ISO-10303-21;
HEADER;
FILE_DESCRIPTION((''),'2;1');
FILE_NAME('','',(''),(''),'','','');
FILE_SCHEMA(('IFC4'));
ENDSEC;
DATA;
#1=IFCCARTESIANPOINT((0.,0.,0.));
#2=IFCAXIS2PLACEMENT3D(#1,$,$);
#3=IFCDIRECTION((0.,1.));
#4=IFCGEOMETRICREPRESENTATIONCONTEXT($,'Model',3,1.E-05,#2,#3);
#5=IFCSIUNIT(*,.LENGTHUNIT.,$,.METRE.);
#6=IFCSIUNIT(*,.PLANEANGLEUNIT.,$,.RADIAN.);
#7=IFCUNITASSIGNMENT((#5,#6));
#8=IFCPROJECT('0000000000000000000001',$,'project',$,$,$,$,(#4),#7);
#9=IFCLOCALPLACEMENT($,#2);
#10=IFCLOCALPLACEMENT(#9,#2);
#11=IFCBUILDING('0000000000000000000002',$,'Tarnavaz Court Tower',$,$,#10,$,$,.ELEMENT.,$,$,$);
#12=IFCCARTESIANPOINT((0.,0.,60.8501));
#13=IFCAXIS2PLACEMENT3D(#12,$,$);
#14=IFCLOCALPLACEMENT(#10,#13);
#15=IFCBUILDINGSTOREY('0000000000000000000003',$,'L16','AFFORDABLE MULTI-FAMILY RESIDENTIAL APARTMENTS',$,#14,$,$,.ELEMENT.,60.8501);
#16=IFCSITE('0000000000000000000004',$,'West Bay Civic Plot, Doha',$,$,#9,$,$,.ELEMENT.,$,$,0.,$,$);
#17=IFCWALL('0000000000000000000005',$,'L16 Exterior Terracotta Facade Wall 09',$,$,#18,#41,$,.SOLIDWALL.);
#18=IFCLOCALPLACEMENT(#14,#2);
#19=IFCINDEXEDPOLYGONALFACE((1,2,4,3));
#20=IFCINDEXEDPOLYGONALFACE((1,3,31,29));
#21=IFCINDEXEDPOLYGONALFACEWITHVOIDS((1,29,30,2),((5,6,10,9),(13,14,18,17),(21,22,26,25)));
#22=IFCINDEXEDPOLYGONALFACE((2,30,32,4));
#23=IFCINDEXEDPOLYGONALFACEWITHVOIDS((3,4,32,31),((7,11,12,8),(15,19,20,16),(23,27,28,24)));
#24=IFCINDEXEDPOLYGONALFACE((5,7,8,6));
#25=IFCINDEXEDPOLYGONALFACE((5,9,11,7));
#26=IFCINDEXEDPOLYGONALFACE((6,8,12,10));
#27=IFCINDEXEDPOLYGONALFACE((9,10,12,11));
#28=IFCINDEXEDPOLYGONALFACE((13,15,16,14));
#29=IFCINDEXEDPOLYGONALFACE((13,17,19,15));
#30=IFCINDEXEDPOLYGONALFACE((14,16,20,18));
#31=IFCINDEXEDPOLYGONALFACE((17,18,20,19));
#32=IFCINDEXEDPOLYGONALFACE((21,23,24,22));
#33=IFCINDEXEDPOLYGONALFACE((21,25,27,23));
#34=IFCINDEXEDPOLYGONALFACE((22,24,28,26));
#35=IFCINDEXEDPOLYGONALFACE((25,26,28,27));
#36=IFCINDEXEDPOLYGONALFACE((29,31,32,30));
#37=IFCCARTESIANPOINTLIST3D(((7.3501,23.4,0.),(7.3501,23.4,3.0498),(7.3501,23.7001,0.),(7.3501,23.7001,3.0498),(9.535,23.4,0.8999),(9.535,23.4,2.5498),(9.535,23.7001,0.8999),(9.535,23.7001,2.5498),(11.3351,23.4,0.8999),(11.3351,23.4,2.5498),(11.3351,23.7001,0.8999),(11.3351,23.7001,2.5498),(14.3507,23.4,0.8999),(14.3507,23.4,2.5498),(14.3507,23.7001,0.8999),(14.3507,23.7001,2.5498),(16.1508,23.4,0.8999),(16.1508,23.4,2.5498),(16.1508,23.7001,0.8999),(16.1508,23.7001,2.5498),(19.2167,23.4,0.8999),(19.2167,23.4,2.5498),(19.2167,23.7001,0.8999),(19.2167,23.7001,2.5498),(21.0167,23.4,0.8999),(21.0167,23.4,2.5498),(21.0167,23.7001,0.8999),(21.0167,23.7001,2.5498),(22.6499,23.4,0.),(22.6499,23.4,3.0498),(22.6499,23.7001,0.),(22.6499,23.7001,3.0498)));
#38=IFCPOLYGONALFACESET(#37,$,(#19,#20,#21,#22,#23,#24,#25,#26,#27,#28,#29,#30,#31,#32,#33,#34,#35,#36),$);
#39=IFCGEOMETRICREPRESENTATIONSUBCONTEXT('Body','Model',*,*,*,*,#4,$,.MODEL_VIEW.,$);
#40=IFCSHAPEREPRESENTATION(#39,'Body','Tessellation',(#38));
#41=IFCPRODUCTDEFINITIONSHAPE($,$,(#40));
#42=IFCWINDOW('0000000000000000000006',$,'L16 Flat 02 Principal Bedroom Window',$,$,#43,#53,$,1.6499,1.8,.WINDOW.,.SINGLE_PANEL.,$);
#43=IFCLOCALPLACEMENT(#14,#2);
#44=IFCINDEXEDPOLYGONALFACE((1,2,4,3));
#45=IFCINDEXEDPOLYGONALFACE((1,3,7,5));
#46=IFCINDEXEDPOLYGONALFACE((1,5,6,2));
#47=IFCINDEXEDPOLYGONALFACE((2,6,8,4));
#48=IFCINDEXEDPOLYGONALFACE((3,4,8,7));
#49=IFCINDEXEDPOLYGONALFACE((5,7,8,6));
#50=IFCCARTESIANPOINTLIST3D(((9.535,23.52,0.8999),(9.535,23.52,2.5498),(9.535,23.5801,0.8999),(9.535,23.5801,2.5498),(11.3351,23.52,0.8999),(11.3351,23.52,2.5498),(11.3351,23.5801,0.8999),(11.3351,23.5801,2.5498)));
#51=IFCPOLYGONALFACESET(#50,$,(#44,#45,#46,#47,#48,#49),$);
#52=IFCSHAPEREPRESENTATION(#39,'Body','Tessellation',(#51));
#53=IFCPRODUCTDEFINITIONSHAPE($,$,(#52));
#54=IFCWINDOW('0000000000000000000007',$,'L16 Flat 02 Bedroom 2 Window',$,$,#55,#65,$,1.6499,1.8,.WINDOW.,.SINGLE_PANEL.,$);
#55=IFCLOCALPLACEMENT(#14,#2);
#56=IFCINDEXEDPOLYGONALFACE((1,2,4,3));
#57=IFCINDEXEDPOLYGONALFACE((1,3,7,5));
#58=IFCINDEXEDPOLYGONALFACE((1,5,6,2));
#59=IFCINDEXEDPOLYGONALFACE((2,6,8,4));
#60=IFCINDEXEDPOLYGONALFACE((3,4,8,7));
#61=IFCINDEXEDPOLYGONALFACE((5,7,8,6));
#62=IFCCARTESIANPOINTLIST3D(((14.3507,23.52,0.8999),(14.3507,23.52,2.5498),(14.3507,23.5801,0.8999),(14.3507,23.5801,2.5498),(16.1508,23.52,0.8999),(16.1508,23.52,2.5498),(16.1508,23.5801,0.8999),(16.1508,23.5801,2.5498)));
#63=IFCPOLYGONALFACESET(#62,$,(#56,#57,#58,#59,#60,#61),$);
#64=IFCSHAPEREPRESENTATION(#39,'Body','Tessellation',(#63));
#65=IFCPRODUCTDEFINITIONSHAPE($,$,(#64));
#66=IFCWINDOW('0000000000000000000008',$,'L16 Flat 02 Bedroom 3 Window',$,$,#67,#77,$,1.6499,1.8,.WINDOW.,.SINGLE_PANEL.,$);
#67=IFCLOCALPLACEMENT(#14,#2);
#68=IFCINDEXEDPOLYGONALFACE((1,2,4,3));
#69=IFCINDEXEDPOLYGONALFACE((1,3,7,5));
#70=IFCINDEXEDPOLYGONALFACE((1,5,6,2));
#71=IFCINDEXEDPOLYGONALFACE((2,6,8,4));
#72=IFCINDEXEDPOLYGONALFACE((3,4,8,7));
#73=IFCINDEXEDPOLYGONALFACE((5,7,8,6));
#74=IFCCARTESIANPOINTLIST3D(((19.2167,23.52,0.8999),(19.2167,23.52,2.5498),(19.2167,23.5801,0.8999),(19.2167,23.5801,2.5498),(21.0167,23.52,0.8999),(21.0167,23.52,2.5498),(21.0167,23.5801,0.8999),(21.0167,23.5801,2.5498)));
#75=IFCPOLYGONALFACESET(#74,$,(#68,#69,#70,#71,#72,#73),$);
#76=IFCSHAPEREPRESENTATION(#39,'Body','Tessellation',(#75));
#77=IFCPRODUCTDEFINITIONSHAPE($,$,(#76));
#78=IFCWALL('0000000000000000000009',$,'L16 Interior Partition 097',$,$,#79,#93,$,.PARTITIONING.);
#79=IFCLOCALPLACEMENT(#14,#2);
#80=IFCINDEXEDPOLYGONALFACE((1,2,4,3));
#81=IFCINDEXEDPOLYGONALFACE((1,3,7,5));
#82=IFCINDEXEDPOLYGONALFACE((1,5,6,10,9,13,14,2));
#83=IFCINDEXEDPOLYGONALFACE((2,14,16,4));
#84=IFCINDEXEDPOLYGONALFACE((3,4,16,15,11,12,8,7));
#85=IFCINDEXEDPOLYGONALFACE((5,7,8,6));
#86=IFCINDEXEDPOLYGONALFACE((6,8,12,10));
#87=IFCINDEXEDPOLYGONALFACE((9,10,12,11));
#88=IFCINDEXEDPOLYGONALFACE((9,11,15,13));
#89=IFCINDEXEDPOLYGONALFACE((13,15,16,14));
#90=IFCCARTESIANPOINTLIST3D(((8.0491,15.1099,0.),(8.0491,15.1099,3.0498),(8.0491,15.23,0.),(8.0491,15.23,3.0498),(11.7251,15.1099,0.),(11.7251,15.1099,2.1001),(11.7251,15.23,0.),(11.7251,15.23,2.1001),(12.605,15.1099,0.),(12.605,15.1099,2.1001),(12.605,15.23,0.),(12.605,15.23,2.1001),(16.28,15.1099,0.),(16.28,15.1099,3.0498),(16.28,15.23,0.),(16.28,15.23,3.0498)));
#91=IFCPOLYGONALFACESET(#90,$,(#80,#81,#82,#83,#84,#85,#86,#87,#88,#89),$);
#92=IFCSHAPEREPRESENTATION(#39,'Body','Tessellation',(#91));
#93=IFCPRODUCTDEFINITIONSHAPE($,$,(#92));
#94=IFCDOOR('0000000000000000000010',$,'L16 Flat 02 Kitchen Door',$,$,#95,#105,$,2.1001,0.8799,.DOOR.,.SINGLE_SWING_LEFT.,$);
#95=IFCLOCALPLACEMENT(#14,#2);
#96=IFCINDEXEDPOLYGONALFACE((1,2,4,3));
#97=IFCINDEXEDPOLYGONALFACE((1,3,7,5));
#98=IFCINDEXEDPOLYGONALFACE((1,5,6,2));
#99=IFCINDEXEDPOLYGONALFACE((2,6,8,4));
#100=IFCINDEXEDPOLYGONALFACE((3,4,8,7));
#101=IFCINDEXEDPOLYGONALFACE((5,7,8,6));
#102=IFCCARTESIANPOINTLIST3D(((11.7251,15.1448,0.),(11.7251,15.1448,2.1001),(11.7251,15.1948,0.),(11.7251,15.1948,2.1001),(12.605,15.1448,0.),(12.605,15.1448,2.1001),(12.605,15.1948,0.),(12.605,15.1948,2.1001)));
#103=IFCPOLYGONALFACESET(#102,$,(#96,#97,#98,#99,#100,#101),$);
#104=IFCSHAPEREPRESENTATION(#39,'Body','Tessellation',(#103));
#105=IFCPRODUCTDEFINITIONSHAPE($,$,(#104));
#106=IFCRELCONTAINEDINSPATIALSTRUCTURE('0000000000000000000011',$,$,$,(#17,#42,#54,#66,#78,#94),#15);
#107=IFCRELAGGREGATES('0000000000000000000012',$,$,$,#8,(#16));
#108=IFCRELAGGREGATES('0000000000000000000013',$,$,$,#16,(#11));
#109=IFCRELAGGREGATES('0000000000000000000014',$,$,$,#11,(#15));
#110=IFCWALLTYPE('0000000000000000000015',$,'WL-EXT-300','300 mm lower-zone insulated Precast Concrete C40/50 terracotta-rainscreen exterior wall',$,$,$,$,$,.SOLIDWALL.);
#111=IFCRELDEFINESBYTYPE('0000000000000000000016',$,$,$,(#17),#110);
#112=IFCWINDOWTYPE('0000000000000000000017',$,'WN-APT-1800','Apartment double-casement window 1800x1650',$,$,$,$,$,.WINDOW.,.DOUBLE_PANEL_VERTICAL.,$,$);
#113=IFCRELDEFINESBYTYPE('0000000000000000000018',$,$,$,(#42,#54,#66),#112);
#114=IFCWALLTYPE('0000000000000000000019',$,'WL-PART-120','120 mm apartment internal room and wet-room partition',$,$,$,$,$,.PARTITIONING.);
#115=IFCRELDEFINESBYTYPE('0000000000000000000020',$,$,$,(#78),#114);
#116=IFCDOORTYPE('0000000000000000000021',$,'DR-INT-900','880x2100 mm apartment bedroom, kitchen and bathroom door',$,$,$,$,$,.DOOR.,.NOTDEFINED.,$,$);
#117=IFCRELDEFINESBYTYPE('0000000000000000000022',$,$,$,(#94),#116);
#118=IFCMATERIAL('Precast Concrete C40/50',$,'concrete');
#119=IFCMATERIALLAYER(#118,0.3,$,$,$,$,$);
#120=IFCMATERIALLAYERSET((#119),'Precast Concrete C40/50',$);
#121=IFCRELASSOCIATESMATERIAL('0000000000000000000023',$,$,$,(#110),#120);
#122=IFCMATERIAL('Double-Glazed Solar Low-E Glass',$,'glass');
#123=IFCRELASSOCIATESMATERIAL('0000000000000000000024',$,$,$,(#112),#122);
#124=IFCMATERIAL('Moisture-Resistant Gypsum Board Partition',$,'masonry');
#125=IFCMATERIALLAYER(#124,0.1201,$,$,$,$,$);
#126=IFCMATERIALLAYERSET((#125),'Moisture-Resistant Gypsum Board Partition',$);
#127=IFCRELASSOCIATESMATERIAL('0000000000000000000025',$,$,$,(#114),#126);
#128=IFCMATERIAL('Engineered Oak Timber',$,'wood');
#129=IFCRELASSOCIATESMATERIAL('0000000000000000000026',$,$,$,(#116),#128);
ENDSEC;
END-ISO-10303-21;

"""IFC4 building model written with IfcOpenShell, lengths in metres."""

from ifc_helpers import new_model, si_unit, direction, frame, frame_2d, origin, place, context, subcontext, project, spatial, rectangle, extrude, material, layer, layer_set, type_object, element, fill, save


model = new_model("IFC4")

# Units and contexts
model_context = context("Model", 3, precision=1e-05, world=origin(), true_north=direction((0.0, 1.0)))
body_context = subcontext(model_context, "Body", "Model", "MODEL_VIEW")
ifc_project = project(units=[si_unit("LENGTHUNIT", "METRE"), si_unit("PLANEANGLEUNIT", "RADIAN")], contexts=[model_context])

# Site, building, storey
site_placement = place(None, origin())
site = spatial("IfcSite", under=ifc_project, at=site_placement, Name="West Bay Civic Plot, Doha", CompositionType="ELEMENT", RefElevation=0.0)
building_placement = place(site_placement, origin())
building = spatial("IfcBuilding", under=site, at=building_placement, Name="Tarnavaz Court Tower", CompositionType="ELEMENT")
storey_placement = place(building_placement, frame((0.0, 0.0, 60.8501)))
storey = spatial("IfcBuildingStorey", under=building, at=storey_placement, Name="L16", Description="AFFORDABLE MULTI-FAMILY RESIDENTIAL APARTMENTS", CompositionType="ELEMENT", Elevation=60.8501)

# Shared definitions
ifc_material_1 = material(Name="Double-Glazed Solar Low-E Glass", Category="glass")

# Shared definitions
ifc_material_2 = material(Name="Precast Concrete C40/50", Category="concrete")
ifc_layer_1 = layer(ifc_material_2, 0.3)
ifc_layer_set_1 = layer_set([ifc_layer_1], Name="Precast Concrete C40/50")
wall_type_1 = type_object("IfcWallType", Name="WL-EXT-300", Description="300 mm lower-zone insulated Precast Concrete C40/50 terracotta-rainscreen exterior wall", PredefinedType="SOLIDWALL", material=ifc_layer_set_1)

# Wall, openings, windows
wall_1_placement = place(storey_placement, frame((7.3501, 23.55, 0.0), z_axis=(0.0, 0.0, 1.0), x_axis=(1.0, 0.0, 0.0)))
wall_1 = element("IfcWall", 1, at=wall_1_placement, inside=storey, type_object=wall_type_1, Name="L16 Exterior Terracotta Facade Wall 09", PredefinedType="SOLIDWALL", context=body_context, shape_type="SweptSolid", body=[
    extrude(rectangle(XDim=15.2998, YDim=0.3, at=frame_2d((7.6499, 0.0))), origin(), (0.0, 0.0, 1.0), 3.0498),
])
opening_1_placement = place(wall_1_placement, frame((2.1851, 0.0, 0.8999)))
opening_1 = element("IfcOpeningElement", 2, at=opening_1_placement, cuts=wall_1, PredefinedType="OPENING", context=body_context, shape_type="SweptSolid", body=[
    extrude(rectangle(XDim=1.8, YDim=1.6499, at=frame_2d((0.8999, 0.825))), frame((0.0, 0.1599, 0.0), z_axis=(0.0, -1.0, 0.0), x_axis=(1.0, 0.0, 0.0)), (0.0, 0.0, 1.0), 0.3201),
])
opening_2_placement = place(wall_1_placement, frame((7.0007, 0.0, 0.8999)))
opening_2 = element("IfcOpeningElement", 3, at=opening_2_placement, cuts=wall_1, PredefinedType="OPENING", context=body_context, shape_type="SweptSolid", body=[
    extrude(rectangle(XDim=1.8, YDim=1.6499, at=frame_2d((0.8999, 0.825))), frame((0.0, 0.1599, 0.0), z_axis=(0.0, -1.0, 0.0), x_axis=(1.0, 0.0, 0.0)), (0.0, 0.0, 1.0), 0.3201),
])
opening_3_placement = place(wall_1_placement, frame((11.8667, 0.0, 0.8999)))
opening_3 = element("IfcOpeningElement", 4, at=opening_3_placement, cuts=wall_1, PredefinedType="OPENING", context=body_context, shape_type="SweptSolid", body=[
    extrude(rectangle(XDim=1.8, YDim=1.6499, at=frame_2d((0.8999, 0.825))), frame((0.0, 0.1599, 0.0), z_axis=(0.0, -1.0, 0.0), x_axis=(1.0, 0.0, 0.0)), (0.0, 0.0, 1.0), 0.3201),
])
window_type_1 = type_object("IfcWindowType", Name="WN-APT-1800", Description="Apartment double-casement window 1800x1650", PartitioningType="DOUBLE_PANEL_VERTICAL", PredefinedType="WINDOW", material=ifc_material_1)
window_1_placement = place(opening_1_placement, origin())
window_1 = element("IfcWindow", 5, at=window_1_placement, inside=storey, type_object=window_type_1, Name="L16 Flat 02 Principal Bedroom Window", OverallHeight=1.6499, OverallWidth=1.8, PartitioningType="SINGLE_PANEL", PredefinedType="WINDOW", context=body_context, shape_type="SweptSolid", body=[
    extrude(rectangle(XDim=1.8, YDim=1.6499, at=frame_2d((0.8999, 0.825))), frame((0.0, 0.03, 0.0), z_axis=(0.0, -1.0, 0.0), x_axis=(1.0, 0.0, 0.0)), (0.0, 0.0, 1.0), 0.0601),
])
fill(opening_1, window_1)
window_2_placement = place(opening_2_placement, origin())
window_2 = element("IfcWindow", 6, at=window_2_placement, inside=storey, type_object=window_type_1, Name="L16 Flat 02 Bedroom 2 Window", OverallHeight=1.6499, OverallWidth=1.8, PartitioningType="SINGLE_PANEL", PredefinedType="WINDOW", context=body_context, shape_type="SweptSolid", body=[
    extrude(rectangle(XDim=1.8, YDim=1.6499, at=frame_2d((0.8999, 0.825))), frame((0.0, 0.03, 0.0), z_axis=(0.0, -1.0, 0.0), x_axis=(1.0, 0.0, 0.0)), (0.0, 0.0, 1.0), 0.0601),
])
fill(opening_2, window_2)
window_3_placement = place(opening_3_placement, origin())
window_3 = element("IfcWindow", 7, at=window_3_placement, inside=storey, type_object=window_type_1, Name="L16 Flat 02 Bedroom 3 Window", OverallHeight=1.6499, OverallWidth=1.8, PartitioningType="SINGLE_PANEL", PredefinedType="WINDOW", context=body_context, shape_type="SweptSolid", body=[
    extrude(rectangle(XDim=1.8, YDim=1.6499, at=frame_2d((0.8999, 0.825))), frame((0.0, 0.03, 0.0), z_axis=(0.0, -1.0, 0.0), x_axis=(1.0, 0.0, 0.0)), (0.0, 0.0, 1.0), 0.0601),
])
fill(opening_3, window_3)

# Wall, opening, door
ifc_material_3 = material(Name="Moisture-Resistant Gypsum Board Partition", Category="masonry")
ifc_layer_2 = layer(ifc_material_3, 0.1201)
ifc_layer_set_2 = layer_set([ifc_layer_2], Name="Moisture-Resistant Gypsum Board Partition")
wall_type_2 = type_object("IfcWallType", Name="WL-PART-120", Description="120 mm apartment internal room and wet-room partition", PredefinedType="PARTITIONING", material=ifc_layer_set_2)
wall_2_placement = place(storey_placement, frame((8.0491, 15.1699, 0.0), z_axis=(0.0, 0.0, 1.0), x_axis=(1.0, 0.0, 0.0)))
wall_2 = element("IfcWall", 8, at=wall_2_placement, inside=storey, type_object=wall_type_2, Name="L16 Interior Partition 097", PredefinedType="PARTITIONING", context=body_context, shape_type="SweptSolid", body=[
    extrude(rectangle(XDim=8.231, YDim=0.1201, at=frame_2d((4.1155, 0.0))), origin(), (0.0, 0.0, 1.0), 3.0498),
])
opening_4_placement = place(wall_2_placement, frame((3.676, 0.0, 0.0)))
opening_4 = element("IfcOpeningElement", 9, at=opening_4_placement, cuts=wall_2, PredefinedType="OPENING", context=body_context, shape_type="SweptSolid", body=[
    extrude(rectangle(XDim=0.8799, YDim=2.1001, at=frame_2d((0.4399, 1.05))), frame((0.0, 0.0701, 0.0), z_axis=(0.0, -1.0, 0.0), x_axis=(1.0, 0.0, 0.0)), (0.0, 0.0, 1.0), 0.1401),
])
ifc_material_4 = material(Name="Engineered Oak Timber", Category="wood")
door_type = type_object("IfcDoorType", Name="DR-INT-900", Description="880x2100 mm apartment bedroom, kitchen and bathroom door", OperationType="NOTDEFINED", PredefinedType="DOOR", material=ifc_material_4)
door_1_placement = place(opening_4_placement, origin())
door_1 = element("IfcDoor", 10, at=door_1_placement, inside=storey, type_object=door_type, Name="L16 Flat 02 Kitchen Door", OperationType="SINGLE_SWING_LEFT", OverallHeight=2.1001, OverallWidth=0.8799, PredefinedType="DOOR", context=body_context, shape_type="SweptSolid", body=[
    extrude(rectangle(XDim=0.8799, YDim=2.1001, at=frame_2d((0.4399, 1.05))), frame((0.0, 0.0249, 0.0), z_axis=(0.0, -1.0, 0.0), x_axis=(1.0, 0.0, 0.0)), (0.0, 0.0, 1.0), 0.05),
])
fill(opening_4, door_1)

save(model, "model.ifc")
